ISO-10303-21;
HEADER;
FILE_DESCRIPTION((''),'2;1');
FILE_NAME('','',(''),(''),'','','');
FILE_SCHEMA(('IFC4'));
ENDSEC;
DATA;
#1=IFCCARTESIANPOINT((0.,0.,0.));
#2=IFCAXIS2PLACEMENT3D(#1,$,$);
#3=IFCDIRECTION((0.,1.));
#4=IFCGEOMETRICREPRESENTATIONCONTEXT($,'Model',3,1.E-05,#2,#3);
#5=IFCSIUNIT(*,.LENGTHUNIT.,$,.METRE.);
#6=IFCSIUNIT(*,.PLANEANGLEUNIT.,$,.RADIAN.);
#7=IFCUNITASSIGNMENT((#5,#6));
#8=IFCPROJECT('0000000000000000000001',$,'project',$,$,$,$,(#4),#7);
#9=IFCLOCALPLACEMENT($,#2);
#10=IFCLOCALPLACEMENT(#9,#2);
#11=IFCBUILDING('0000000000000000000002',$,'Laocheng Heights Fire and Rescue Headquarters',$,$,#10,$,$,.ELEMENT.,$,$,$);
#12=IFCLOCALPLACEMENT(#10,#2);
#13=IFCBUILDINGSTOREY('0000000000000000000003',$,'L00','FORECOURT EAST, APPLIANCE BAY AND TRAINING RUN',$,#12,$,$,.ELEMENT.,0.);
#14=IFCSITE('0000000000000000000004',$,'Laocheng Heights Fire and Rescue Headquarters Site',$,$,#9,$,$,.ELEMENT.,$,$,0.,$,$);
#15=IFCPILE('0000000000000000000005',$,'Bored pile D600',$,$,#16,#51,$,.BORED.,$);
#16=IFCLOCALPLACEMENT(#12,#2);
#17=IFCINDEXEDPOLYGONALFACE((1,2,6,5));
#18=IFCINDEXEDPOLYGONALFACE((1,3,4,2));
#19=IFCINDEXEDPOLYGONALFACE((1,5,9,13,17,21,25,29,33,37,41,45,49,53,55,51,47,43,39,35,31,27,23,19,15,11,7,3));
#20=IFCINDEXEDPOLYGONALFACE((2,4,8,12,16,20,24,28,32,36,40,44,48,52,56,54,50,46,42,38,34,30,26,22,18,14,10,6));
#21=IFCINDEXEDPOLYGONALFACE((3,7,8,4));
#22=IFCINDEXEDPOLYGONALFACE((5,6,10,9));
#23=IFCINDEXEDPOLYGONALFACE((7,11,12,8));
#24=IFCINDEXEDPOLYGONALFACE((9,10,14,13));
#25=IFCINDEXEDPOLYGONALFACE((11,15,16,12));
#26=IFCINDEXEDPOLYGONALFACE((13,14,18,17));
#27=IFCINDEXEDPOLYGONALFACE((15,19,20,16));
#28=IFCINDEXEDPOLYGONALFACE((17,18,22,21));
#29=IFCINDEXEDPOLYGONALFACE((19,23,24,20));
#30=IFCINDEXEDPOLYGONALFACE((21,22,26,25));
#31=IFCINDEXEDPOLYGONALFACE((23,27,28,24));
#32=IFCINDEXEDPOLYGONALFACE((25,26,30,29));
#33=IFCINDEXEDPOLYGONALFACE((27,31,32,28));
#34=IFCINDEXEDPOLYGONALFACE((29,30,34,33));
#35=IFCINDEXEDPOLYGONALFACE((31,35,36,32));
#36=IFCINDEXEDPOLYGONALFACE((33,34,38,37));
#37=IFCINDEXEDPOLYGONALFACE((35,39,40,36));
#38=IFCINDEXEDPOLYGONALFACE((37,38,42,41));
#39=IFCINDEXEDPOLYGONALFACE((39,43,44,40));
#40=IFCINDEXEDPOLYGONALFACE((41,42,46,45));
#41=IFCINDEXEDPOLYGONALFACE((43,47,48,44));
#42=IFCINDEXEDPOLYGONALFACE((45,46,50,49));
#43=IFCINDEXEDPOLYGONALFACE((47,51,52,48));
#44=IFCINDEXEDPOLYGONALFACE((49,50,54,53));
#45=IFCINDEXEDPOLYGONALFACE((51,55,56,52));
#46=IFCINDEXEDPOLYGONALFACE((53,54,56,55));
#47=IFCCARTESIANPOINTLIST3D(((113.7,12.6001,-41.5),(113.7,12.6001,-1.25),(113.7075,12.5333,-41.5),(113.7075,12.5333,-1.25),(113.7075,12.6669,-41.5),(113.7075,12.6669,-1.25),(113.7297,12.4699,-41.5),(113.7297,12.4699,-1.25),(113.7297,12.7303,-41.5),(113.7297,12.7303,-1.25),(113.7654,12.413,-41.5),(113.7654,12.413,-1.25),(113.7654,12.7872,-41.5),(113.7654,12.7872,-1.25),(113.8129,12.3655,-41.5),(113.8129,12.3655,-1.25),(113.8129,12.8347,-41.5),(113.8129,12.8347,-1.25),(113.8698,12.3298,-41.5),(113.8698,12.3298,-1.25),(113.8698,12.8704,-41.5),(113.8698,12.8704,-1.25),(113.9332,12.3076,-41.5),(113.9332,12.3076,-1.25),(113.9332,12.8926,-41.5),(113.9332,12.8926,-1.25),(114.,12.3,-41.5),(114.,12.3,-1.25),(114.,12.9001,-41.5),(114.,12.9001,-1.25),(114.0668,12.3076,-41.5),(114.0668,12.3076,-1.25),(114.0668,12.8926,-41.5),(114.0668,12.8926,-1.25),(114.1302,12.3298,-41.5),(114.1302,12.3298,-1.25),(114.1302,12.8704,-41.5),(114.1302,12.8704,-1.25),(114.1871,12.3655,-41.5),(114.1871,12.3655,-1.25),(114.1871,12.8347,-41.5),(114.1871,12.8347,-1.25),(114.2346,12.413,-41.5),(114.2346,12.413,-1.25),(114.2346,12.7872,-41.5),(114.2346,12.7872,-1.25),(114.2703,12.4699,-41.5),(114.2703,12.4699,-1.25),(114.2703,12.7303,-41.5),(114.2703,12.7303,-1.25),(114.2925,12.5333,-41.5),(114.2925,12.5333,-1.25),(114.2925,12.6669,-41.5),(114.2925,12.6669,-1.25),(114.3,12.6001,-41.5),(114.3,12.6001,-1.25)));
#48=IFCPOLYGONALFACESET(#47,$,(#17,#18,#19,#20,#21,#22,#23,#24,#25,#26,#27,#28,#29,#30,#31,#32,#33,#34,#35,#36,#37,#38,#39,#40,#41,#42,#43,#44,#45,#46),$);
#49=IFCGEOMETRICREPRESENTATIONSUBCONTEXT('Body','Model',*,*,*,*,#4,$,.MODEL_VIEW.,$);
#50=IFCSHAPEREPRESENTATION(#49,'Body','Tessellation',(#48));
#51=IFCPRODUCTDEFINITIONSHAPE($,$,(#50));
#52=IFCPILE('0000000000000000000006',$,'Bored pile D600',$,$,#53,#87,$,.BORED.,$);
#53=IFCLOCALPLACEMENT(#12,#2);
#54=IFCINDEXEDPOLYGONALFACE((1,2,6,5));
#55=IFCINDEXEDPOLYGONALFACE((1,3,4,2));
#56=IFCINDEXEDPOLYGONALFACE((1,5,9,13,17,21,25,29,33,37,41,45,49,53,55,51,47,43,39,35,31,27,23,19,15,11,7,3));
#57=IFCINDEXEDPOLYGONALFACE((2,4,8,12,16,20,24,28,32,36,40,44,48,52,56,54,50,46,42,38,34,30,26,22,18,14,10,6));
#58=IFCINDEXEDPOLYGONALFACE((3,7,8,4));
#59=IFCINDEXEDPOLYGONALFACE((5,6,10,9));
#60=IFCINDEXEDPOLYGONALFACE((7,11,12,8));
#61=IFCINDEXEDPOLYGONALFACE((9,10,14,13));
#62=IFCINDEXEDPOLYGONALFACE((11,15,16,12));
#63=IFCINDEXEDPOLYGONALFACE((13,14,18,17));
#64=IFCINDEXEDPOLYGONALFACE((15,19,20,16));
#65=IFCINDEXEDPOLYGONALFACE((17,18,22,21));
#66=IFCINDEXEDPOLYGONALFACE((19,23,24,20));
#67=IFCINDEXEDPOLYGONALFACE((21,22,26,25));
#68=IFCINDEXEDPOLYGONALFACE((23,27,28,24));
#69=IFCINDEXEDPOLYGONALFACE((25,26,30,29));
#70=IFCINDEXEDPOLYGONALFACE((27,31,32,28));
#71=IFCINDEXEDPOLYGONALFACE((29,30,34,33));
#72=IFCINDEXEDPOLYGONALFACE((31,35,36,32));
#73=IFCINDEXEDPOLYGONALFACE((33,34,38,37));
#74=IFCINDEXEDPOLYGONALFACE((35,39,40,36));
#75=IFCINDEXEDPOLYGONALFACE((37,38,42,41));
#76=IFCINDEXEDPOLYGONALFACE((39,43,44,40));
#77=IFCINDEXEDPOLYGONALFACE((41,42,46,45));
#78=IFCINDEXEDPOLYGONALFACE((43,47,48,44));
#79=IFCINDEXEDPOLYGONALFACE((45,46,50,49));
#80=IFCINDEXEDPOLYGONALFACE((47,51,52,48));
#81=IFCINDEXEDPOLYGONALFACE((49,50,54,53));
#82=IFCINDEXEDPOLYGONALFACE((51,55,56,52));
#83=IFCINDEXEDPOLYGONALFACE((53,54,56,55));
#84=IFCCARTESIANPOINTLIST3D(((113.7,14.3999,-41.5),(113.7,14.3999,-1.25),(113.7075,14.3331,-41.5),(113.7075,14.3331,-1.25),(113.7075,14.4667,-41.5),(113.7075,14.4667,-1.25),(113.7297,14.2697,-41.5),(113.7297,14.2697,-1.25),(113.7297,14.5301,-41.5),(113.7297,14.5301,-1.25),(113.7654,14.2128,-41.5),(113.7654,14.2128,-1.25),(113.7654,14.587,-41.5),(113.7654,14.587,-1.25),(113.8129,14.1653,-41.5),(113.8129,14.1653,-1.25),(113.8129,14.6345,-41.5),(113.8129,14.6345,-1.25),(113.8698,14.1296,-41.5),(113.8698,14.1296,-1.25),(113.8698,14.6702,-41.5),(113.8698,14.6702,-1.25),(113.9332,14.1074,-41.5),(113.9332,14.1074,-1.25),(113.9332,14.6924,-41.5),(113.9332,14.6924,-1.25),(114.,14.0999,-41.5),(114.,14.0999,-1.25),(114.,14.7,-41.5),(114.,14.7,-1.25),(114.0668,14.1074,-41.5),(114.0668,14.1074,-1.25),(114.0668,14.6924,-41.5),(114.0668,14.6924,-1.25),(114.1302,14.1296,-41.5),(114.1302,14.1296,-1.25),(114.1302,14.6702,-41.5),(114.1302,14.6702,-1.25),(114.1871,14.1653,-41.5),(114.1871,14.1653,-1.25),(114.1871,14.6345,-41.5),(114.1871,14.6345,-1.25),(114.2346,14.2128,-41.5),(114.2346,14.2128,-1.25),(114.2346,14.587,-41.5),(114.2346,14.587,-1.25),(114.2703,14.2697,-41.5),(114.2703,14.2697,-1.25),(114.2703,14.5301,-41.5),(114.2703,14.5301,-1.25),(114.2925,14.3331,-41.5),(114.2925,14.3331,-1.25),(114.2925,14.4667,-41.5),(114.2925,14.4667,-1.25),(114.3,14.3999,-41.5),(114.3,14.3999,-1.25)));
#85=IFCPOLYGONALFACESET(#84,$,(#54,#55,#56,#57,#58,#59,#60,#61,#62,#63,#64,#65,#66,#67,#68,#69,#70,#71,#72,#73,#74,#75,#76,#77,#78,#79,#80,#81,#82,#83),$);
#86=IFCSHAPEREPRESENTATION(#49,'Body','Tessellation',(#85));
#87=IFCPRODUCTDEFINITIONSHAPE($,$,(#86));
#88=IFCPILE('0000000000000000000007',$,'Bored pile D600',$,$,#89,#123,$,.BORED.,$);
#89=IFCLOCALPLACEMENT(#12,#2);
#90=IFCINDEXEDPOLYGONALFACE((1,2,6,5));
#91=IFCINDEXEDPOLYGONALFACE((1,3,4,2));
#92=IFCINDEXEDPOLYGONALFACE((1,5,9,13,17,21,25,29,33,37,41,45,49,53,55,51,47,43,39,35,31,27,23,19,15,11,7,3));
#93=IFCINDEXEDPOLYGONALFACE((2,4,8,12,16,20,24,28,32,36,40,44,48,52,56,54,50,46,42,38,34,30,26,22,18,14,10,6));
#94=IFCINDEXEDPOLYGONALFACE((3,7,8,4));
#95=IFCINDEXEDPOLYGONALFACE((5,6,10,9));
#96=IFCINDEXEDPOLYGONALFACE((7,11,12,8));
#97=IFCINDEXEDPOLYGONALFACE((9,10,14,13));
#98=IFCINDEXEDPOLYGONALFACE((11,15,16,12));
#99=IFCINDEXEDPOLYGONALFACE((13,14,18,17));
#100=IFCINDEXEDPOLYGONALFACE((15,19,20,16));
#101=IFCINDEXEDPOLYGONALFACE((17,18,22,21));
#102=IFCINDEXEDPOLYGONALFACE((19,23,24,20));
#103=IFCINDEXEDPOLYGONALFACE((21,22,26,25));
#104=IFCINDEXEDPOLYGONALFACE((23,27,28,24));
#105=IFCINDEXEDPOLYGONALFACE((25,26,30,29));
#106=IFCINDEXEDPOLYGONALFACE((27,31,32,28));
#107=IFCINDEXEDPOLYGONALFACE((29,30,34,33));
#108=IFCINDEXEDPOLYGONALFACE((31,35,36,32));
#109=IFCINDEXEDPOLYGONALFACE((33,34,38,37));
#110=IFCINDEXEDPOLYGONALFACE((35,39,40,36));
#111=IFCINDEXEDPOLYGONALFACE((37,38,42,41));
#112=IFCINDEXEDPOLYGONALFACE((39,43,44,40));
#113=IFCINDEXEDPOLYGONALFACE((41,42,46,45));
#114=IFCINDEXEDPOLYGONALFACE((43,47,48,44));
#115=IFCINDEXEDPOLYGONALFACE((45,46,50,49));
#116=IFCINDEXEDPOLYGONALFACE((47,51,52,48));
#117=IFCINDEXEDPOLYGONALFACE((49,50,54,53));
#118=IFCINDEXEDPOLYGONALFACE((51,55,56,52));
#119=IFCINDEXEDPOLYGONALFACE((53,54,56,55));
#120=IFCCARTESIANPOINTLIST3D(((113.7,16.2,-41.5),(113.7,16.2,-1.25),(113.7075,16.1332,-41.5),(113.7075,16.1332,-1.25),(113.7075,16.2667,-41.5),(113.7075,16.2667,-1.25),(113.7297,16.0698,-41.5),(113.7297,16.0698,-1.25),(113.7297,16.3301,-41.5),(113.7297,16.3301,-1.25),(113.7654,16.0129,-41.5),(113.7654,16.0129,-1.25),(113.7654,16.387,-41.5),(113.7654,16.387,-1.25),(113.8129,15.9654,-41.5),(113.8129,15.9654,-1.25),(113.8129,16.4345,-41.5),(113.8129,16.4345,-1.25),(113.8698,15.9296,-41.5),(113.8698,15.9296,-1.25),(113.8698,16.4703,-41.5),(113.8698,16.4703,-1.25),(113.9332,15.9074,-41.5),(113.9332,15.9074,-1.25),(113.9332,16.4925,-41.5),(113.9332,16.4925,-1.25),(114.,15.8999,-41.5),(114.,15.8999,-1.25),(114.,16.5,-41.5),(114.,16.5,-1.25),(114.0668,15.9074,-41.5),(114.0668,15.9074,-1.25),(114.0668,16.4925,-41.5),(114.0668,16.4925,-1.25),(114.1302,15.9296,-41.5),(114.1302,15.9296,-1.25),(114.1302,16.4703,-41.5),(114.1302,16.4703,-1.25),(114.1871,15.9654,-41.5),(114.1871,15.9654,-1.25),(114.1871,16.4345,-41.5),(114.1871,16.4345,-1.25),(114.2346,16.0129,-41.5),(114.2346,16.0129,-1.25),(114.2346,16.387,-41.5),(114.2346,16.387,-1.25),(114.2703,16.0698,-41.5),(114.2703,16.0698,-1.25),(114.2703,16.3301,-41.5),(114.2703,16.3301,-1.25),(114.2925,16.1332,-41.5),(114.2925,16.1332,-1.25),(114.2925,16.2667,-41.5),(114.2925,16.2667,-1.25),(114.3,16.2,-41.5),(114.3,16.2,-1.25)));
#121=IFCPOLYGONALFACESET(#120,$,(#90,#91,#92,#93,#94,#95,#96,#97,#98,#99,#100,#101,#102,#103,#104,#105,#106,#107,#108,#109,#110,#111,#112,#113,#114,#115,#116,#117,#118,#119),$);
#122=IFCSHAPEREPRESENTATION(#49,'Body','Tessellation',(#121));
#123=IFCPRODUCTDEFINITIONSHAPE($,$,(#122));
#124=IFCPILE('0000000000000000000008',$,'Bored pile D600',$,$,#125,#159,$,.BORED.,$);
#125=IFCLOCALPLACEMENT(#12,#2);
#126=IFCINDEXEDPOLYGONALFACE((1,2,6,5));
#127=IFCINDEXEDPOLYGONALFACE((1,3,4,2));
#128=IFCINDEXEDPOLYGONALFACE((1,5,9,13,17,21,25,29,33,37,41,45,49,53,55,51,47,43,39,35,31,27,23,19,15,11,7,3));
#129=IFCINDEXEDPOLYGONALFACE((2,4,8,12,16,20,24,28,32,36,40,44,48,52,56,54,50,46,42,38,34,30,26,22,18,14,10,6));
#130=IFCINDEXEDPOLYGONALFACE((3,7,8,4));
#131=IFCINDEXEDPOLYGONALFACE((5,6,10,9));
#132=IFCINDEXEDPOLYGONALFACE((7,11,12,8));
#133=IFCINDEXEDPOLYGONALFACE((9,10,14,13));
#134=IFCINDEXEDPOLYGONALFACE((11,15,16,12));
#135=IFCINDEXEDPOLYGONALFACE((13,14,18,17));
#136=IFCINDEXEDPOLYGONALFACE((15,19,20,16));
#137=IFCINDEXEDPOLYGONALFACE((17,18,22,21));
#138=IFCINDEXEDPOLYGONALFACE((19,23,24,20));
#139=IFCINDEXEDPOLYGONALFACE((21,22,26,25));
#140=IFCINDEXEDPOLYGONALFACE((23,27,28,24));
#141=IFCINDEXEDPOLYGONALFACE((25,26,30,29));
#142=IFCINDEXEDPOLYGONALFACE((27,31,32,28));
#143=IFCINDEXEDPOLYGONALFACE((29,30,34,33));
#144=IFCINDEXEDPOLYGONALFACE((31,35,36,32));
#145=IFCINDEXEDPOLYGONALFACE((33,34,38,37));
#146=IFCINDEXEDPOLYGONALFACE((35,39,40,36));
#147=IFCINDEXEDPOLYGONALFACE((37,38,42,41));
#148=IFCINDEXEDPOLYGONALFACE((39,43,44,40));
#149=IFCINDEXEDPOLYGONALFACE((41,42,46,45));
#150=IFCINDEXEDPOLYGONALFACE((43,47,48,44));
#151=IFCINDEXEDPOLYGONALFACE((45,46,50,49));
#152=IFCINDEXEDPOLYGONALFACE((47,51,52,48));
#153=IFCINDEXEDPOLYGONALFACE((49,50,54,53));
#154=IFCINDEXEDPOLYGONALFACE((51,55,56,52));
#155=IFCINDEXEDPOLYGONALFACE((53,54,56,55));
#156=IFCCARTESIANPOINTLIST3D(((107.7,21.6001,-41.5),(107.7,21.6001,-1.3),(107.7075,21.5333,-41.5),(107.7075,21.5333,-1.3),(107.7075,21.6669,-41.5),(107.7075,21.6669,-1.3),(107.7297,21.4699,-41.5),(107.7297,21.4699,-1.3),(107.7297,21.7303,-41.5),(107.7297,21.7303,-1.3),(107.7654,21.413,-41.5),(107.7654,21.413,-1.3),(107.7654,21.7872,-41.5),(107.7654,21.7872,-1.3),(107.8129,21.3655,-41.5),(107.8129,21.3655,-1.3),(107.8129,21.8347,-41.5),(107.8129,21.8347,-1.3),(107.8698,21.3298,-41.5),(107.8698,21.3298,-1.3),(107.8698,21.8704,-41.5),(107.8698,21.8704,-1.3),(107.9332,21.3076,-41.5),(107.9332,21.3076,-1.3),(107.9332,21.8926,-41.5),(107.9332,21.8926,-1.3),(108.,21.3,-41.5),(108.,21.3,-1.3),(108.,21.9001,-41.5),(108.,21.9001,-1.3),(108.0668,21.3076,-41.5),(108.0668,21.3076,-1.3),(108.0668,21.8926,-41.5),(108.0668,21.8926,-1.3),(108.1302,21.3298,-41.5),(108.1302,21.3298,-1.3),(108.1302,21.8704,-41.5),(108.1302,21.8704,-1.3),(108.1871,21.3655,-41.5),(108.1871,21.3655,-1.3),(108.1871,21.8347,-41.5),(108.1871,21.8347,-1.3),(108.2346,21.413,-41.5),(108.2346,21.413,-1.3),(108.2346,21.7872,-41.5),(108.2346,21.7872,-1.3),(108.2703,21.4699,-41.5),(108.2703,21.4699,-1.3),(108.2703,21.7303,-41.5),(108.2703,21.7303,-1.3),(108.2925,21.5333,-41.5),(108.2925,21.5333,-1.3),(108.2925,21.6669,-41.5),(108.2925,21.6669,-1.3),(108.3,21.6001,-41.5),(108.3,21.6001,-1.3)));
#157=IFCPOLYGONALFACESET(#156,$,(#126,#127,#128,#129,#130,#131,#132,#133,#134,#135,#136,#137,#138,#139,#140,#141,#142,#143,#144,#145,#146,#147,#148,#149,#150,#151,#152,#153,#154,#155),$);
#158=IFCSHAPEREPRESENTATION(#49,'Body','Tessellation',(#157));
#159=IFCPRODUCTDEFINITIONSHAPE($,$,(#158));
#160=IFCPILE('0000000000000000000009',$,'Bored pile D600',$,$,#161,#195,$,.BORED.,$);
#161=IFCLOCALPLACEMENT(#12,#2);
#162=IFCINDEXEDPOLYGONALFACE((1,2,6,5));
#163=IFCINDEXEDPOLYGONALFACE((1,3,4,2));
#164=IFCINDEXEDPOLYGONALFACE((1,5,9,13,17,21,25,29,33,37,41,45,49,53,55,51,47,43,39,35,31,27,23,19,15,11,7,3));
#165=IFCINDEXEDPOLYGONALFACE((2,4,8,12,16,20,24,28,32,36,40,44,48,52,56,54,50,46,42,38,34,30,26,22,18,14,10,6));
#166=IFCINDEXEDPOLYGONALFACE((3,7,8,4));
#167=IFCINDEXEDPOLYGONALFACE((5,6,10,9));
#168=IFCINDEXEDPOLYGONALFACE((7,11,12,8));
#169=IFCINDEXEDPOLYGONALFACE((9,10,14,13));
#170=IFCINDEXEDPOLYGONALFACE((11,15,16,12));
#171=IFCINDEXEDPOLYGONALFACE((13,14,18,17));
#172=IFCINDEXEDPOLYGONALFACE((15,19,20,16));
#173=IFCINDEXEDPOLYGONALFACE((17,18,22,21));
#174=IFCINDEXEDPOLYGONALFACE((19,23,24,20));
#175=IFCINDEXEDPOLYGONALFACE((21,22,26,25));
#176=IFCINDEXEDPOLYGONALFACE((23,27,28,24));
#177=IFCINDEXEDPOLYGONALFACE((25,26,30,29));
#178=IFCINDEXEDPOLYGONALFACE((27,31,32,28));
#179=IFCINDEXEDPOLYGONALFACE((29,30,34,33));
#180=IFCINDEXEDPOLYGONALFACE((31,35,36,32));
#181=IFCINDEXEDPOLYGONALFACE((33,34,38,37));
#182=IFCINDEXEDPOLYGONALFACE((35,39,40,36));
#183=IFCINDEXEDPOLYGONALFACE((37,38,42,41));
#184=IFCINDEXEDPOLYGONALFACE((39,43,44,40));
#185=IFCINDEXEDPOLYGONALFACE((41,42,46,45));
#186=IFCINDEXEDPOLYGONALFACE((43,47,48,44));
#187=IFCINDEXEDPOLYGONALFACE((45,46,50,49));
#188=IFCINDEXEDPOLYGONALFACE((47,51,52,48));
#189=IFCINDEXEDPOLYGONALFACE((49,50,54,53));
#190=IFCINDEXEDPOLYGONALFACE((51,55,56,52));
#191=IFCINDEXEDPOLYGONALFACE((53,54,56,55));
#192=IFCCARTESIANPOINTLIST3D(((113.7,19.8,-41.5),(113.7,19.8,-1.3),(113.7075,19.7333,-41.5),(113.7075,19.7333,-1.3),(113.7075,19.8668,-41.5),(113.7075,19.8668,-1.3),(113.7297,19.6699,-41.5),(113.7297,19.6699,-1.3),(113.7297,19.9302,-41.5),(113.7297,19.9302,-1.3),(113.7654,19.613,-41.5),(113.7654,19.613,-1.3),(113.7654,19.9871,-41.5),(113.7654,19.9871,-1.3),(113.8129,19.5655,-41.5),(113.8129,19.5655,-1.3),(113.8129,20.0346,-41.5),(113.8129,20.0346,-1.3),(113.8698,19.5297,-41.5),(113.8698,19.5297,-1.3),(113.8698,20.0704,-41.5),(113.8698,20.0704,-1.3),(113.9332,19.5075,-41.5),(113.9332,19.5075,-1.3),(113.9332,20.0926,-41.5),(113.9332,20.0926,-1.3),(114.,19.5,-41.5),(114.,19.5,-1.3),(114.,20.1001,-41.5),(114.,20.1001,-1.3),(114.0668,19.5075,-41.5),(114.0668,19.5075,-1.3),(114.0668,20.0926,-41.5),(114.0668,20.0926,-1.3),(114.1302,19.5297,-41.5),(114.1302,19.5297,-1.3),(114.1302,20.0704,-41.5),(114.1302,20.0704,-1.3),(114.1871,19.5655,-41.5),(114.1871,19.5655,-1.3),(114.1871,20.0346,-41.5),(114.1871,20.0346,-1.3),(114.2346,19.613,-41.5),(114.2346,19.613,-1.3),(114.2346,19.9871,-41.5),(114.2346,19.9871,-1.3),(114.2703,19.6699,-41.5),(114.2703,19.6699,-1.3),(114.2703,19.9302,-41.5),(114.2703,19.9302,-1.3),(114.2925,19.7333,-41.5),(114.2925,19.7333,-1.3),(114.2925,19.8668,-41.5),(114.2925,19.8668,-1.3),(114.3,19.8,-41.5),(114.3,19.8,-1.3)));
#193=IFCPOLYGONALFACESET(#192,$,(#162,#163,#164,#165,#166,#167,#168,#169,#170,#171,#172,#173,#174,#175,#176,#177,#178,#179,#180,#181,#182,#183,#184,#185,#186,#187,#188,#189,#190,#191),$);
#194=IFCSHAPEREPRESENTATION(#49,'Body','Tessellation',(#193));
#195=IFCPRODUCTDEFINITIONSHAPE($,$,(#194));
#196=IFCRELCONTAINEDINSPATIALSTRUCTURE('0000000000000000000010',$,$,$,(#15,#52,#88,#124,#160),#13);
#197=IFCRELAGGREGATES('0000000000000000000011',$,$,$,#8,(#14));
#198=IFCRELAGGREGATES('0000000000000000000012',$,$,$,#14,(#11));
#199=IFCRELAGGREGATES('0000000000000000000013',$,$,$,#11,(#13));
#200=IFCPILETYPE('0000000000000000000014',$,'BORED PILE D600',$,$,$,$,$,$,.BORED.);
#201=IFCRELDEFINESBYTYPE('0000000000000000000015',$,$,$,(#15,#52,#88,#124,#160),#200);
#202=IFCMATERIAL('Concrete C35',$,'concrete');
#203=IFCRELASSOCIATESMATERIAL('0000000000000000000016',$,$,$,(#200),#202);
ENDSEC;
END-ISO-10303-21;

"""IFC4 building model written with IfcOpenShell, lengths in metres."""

from ifc_helpers import new_model, si_unit, direction, frame, origin, origin_2d, place, context, subcontext, project, spatial, circle, extrude, material, material_profile, profile_set, type_object, element, save


model = new_model("IFC4")

# Units and contexts
model_context = context("Model", 3, precision=1e-05, world=origin(), true_north=direction((0.0, 1.0)))
body_context = subcontext(model_context, "Body", "Model", "MODEL_VIEW")
ifc_project = project(units=[si_unit("LENGTHUNIT", "METRE"), si_unit("PLANEANGLEUNIT", "RADIAN")], contexts=[model_context])

# Site, building, storey
site_placement = place(None, origin())
site = spatial("IfcSite", under=ifc_project, at=site_placement, Name="Laocheng Heights Fire and Rescue Headquarters Site", CompositionType="ELEMENT", RefElevation=0.0)
building_placement = place(site_placement, origin())
building = spatial("IfcBuilding", under=site, at=building_placement, Name="Laocheng Heights Fire and Rescue Headquarters", CompositionType="ELEMENT")
storey_placement = place(building_placement, origin())
storey = spatial("IfcBuildingStorey", under=building, at=storey_placement, Name="L00", Description="FORECOURT EAST, APPLIANCE BAY AND TRAINING RUN", CompositionType="ELEMENT", Elevation=0.0)

# Piles
ifc_material_1 = material(Name="Concrete C35", Category="concrete")
ifc_material_profile_1 = material_profile(ifc_material_1, circle(Radius=0.3, at=origin_2d()), Name="BORED PILE D600")
ifc_profile_set_1 = profile_set([ifc_material_profile_1], Name="Concrete C35")
pile_type = type_object("IfcPileType", Name="BORED PILE D600", PredefinedType="BORED", material=ifc_profile_set_1)
for number, where, z_axis, x_axis, name in (
    (1, (114.0, 12.6001, -1.25), (0.0, 0.0, -1.0), (1.0, 0.0, 0.0), "Bored pile D600"),
    (2, (114.0, 14.3999, -1.25), (0.0, 0.0, -1.0), (1.0, 0.0, 0.0), "Bored pile D600"),
    (3, (114.0, 16.2, -1.25), (0.0, 0.0, -1.0), (1.0, 0.0, 0.0), "Bored pile D600"),
):
    element("IfcPile", number, at=place(storey_placement, frame(where, z_axis=z_axis, x_axis=x_axis)), inside=storey, type_object=pile_type, Name=name, PredefinedType="BORED", context=body_context, shape_type="SweptSolid", body=[
        extrude(circle(Radius=0.3, at=origin_2d()), origin(), (0.0, 0.0, 1.0), 40.25),
    ])
for number, where, z_axis, x_axis, name in (
    (4, (108.0, 21.6001, -1.3), (0.0, 0.0, -1.0), (1.0, 0.0, 0.0), "Bored pile D600"),
    (5, (114.0, 19.8, -1.3), (0.0, 0.0, -1.0), (1.0, 0.0, 0.0), "Bored pile D600"),
):
    element("IfcPile", number, at=place(storey_placement, frame(where, z_axis=z_axis, x_axis=x_axis)), inside=storey, type_object=pile_type, Name=name, PredefinedType="BORED", context=body_context, shape_type="SweptSolid", body=[
        extrude(circle(Radius=0.3, at=origin_2d()), origin(), (0.0, 0.0, 1.0), 40.2),
    ])

save(model, "model.ifc")
